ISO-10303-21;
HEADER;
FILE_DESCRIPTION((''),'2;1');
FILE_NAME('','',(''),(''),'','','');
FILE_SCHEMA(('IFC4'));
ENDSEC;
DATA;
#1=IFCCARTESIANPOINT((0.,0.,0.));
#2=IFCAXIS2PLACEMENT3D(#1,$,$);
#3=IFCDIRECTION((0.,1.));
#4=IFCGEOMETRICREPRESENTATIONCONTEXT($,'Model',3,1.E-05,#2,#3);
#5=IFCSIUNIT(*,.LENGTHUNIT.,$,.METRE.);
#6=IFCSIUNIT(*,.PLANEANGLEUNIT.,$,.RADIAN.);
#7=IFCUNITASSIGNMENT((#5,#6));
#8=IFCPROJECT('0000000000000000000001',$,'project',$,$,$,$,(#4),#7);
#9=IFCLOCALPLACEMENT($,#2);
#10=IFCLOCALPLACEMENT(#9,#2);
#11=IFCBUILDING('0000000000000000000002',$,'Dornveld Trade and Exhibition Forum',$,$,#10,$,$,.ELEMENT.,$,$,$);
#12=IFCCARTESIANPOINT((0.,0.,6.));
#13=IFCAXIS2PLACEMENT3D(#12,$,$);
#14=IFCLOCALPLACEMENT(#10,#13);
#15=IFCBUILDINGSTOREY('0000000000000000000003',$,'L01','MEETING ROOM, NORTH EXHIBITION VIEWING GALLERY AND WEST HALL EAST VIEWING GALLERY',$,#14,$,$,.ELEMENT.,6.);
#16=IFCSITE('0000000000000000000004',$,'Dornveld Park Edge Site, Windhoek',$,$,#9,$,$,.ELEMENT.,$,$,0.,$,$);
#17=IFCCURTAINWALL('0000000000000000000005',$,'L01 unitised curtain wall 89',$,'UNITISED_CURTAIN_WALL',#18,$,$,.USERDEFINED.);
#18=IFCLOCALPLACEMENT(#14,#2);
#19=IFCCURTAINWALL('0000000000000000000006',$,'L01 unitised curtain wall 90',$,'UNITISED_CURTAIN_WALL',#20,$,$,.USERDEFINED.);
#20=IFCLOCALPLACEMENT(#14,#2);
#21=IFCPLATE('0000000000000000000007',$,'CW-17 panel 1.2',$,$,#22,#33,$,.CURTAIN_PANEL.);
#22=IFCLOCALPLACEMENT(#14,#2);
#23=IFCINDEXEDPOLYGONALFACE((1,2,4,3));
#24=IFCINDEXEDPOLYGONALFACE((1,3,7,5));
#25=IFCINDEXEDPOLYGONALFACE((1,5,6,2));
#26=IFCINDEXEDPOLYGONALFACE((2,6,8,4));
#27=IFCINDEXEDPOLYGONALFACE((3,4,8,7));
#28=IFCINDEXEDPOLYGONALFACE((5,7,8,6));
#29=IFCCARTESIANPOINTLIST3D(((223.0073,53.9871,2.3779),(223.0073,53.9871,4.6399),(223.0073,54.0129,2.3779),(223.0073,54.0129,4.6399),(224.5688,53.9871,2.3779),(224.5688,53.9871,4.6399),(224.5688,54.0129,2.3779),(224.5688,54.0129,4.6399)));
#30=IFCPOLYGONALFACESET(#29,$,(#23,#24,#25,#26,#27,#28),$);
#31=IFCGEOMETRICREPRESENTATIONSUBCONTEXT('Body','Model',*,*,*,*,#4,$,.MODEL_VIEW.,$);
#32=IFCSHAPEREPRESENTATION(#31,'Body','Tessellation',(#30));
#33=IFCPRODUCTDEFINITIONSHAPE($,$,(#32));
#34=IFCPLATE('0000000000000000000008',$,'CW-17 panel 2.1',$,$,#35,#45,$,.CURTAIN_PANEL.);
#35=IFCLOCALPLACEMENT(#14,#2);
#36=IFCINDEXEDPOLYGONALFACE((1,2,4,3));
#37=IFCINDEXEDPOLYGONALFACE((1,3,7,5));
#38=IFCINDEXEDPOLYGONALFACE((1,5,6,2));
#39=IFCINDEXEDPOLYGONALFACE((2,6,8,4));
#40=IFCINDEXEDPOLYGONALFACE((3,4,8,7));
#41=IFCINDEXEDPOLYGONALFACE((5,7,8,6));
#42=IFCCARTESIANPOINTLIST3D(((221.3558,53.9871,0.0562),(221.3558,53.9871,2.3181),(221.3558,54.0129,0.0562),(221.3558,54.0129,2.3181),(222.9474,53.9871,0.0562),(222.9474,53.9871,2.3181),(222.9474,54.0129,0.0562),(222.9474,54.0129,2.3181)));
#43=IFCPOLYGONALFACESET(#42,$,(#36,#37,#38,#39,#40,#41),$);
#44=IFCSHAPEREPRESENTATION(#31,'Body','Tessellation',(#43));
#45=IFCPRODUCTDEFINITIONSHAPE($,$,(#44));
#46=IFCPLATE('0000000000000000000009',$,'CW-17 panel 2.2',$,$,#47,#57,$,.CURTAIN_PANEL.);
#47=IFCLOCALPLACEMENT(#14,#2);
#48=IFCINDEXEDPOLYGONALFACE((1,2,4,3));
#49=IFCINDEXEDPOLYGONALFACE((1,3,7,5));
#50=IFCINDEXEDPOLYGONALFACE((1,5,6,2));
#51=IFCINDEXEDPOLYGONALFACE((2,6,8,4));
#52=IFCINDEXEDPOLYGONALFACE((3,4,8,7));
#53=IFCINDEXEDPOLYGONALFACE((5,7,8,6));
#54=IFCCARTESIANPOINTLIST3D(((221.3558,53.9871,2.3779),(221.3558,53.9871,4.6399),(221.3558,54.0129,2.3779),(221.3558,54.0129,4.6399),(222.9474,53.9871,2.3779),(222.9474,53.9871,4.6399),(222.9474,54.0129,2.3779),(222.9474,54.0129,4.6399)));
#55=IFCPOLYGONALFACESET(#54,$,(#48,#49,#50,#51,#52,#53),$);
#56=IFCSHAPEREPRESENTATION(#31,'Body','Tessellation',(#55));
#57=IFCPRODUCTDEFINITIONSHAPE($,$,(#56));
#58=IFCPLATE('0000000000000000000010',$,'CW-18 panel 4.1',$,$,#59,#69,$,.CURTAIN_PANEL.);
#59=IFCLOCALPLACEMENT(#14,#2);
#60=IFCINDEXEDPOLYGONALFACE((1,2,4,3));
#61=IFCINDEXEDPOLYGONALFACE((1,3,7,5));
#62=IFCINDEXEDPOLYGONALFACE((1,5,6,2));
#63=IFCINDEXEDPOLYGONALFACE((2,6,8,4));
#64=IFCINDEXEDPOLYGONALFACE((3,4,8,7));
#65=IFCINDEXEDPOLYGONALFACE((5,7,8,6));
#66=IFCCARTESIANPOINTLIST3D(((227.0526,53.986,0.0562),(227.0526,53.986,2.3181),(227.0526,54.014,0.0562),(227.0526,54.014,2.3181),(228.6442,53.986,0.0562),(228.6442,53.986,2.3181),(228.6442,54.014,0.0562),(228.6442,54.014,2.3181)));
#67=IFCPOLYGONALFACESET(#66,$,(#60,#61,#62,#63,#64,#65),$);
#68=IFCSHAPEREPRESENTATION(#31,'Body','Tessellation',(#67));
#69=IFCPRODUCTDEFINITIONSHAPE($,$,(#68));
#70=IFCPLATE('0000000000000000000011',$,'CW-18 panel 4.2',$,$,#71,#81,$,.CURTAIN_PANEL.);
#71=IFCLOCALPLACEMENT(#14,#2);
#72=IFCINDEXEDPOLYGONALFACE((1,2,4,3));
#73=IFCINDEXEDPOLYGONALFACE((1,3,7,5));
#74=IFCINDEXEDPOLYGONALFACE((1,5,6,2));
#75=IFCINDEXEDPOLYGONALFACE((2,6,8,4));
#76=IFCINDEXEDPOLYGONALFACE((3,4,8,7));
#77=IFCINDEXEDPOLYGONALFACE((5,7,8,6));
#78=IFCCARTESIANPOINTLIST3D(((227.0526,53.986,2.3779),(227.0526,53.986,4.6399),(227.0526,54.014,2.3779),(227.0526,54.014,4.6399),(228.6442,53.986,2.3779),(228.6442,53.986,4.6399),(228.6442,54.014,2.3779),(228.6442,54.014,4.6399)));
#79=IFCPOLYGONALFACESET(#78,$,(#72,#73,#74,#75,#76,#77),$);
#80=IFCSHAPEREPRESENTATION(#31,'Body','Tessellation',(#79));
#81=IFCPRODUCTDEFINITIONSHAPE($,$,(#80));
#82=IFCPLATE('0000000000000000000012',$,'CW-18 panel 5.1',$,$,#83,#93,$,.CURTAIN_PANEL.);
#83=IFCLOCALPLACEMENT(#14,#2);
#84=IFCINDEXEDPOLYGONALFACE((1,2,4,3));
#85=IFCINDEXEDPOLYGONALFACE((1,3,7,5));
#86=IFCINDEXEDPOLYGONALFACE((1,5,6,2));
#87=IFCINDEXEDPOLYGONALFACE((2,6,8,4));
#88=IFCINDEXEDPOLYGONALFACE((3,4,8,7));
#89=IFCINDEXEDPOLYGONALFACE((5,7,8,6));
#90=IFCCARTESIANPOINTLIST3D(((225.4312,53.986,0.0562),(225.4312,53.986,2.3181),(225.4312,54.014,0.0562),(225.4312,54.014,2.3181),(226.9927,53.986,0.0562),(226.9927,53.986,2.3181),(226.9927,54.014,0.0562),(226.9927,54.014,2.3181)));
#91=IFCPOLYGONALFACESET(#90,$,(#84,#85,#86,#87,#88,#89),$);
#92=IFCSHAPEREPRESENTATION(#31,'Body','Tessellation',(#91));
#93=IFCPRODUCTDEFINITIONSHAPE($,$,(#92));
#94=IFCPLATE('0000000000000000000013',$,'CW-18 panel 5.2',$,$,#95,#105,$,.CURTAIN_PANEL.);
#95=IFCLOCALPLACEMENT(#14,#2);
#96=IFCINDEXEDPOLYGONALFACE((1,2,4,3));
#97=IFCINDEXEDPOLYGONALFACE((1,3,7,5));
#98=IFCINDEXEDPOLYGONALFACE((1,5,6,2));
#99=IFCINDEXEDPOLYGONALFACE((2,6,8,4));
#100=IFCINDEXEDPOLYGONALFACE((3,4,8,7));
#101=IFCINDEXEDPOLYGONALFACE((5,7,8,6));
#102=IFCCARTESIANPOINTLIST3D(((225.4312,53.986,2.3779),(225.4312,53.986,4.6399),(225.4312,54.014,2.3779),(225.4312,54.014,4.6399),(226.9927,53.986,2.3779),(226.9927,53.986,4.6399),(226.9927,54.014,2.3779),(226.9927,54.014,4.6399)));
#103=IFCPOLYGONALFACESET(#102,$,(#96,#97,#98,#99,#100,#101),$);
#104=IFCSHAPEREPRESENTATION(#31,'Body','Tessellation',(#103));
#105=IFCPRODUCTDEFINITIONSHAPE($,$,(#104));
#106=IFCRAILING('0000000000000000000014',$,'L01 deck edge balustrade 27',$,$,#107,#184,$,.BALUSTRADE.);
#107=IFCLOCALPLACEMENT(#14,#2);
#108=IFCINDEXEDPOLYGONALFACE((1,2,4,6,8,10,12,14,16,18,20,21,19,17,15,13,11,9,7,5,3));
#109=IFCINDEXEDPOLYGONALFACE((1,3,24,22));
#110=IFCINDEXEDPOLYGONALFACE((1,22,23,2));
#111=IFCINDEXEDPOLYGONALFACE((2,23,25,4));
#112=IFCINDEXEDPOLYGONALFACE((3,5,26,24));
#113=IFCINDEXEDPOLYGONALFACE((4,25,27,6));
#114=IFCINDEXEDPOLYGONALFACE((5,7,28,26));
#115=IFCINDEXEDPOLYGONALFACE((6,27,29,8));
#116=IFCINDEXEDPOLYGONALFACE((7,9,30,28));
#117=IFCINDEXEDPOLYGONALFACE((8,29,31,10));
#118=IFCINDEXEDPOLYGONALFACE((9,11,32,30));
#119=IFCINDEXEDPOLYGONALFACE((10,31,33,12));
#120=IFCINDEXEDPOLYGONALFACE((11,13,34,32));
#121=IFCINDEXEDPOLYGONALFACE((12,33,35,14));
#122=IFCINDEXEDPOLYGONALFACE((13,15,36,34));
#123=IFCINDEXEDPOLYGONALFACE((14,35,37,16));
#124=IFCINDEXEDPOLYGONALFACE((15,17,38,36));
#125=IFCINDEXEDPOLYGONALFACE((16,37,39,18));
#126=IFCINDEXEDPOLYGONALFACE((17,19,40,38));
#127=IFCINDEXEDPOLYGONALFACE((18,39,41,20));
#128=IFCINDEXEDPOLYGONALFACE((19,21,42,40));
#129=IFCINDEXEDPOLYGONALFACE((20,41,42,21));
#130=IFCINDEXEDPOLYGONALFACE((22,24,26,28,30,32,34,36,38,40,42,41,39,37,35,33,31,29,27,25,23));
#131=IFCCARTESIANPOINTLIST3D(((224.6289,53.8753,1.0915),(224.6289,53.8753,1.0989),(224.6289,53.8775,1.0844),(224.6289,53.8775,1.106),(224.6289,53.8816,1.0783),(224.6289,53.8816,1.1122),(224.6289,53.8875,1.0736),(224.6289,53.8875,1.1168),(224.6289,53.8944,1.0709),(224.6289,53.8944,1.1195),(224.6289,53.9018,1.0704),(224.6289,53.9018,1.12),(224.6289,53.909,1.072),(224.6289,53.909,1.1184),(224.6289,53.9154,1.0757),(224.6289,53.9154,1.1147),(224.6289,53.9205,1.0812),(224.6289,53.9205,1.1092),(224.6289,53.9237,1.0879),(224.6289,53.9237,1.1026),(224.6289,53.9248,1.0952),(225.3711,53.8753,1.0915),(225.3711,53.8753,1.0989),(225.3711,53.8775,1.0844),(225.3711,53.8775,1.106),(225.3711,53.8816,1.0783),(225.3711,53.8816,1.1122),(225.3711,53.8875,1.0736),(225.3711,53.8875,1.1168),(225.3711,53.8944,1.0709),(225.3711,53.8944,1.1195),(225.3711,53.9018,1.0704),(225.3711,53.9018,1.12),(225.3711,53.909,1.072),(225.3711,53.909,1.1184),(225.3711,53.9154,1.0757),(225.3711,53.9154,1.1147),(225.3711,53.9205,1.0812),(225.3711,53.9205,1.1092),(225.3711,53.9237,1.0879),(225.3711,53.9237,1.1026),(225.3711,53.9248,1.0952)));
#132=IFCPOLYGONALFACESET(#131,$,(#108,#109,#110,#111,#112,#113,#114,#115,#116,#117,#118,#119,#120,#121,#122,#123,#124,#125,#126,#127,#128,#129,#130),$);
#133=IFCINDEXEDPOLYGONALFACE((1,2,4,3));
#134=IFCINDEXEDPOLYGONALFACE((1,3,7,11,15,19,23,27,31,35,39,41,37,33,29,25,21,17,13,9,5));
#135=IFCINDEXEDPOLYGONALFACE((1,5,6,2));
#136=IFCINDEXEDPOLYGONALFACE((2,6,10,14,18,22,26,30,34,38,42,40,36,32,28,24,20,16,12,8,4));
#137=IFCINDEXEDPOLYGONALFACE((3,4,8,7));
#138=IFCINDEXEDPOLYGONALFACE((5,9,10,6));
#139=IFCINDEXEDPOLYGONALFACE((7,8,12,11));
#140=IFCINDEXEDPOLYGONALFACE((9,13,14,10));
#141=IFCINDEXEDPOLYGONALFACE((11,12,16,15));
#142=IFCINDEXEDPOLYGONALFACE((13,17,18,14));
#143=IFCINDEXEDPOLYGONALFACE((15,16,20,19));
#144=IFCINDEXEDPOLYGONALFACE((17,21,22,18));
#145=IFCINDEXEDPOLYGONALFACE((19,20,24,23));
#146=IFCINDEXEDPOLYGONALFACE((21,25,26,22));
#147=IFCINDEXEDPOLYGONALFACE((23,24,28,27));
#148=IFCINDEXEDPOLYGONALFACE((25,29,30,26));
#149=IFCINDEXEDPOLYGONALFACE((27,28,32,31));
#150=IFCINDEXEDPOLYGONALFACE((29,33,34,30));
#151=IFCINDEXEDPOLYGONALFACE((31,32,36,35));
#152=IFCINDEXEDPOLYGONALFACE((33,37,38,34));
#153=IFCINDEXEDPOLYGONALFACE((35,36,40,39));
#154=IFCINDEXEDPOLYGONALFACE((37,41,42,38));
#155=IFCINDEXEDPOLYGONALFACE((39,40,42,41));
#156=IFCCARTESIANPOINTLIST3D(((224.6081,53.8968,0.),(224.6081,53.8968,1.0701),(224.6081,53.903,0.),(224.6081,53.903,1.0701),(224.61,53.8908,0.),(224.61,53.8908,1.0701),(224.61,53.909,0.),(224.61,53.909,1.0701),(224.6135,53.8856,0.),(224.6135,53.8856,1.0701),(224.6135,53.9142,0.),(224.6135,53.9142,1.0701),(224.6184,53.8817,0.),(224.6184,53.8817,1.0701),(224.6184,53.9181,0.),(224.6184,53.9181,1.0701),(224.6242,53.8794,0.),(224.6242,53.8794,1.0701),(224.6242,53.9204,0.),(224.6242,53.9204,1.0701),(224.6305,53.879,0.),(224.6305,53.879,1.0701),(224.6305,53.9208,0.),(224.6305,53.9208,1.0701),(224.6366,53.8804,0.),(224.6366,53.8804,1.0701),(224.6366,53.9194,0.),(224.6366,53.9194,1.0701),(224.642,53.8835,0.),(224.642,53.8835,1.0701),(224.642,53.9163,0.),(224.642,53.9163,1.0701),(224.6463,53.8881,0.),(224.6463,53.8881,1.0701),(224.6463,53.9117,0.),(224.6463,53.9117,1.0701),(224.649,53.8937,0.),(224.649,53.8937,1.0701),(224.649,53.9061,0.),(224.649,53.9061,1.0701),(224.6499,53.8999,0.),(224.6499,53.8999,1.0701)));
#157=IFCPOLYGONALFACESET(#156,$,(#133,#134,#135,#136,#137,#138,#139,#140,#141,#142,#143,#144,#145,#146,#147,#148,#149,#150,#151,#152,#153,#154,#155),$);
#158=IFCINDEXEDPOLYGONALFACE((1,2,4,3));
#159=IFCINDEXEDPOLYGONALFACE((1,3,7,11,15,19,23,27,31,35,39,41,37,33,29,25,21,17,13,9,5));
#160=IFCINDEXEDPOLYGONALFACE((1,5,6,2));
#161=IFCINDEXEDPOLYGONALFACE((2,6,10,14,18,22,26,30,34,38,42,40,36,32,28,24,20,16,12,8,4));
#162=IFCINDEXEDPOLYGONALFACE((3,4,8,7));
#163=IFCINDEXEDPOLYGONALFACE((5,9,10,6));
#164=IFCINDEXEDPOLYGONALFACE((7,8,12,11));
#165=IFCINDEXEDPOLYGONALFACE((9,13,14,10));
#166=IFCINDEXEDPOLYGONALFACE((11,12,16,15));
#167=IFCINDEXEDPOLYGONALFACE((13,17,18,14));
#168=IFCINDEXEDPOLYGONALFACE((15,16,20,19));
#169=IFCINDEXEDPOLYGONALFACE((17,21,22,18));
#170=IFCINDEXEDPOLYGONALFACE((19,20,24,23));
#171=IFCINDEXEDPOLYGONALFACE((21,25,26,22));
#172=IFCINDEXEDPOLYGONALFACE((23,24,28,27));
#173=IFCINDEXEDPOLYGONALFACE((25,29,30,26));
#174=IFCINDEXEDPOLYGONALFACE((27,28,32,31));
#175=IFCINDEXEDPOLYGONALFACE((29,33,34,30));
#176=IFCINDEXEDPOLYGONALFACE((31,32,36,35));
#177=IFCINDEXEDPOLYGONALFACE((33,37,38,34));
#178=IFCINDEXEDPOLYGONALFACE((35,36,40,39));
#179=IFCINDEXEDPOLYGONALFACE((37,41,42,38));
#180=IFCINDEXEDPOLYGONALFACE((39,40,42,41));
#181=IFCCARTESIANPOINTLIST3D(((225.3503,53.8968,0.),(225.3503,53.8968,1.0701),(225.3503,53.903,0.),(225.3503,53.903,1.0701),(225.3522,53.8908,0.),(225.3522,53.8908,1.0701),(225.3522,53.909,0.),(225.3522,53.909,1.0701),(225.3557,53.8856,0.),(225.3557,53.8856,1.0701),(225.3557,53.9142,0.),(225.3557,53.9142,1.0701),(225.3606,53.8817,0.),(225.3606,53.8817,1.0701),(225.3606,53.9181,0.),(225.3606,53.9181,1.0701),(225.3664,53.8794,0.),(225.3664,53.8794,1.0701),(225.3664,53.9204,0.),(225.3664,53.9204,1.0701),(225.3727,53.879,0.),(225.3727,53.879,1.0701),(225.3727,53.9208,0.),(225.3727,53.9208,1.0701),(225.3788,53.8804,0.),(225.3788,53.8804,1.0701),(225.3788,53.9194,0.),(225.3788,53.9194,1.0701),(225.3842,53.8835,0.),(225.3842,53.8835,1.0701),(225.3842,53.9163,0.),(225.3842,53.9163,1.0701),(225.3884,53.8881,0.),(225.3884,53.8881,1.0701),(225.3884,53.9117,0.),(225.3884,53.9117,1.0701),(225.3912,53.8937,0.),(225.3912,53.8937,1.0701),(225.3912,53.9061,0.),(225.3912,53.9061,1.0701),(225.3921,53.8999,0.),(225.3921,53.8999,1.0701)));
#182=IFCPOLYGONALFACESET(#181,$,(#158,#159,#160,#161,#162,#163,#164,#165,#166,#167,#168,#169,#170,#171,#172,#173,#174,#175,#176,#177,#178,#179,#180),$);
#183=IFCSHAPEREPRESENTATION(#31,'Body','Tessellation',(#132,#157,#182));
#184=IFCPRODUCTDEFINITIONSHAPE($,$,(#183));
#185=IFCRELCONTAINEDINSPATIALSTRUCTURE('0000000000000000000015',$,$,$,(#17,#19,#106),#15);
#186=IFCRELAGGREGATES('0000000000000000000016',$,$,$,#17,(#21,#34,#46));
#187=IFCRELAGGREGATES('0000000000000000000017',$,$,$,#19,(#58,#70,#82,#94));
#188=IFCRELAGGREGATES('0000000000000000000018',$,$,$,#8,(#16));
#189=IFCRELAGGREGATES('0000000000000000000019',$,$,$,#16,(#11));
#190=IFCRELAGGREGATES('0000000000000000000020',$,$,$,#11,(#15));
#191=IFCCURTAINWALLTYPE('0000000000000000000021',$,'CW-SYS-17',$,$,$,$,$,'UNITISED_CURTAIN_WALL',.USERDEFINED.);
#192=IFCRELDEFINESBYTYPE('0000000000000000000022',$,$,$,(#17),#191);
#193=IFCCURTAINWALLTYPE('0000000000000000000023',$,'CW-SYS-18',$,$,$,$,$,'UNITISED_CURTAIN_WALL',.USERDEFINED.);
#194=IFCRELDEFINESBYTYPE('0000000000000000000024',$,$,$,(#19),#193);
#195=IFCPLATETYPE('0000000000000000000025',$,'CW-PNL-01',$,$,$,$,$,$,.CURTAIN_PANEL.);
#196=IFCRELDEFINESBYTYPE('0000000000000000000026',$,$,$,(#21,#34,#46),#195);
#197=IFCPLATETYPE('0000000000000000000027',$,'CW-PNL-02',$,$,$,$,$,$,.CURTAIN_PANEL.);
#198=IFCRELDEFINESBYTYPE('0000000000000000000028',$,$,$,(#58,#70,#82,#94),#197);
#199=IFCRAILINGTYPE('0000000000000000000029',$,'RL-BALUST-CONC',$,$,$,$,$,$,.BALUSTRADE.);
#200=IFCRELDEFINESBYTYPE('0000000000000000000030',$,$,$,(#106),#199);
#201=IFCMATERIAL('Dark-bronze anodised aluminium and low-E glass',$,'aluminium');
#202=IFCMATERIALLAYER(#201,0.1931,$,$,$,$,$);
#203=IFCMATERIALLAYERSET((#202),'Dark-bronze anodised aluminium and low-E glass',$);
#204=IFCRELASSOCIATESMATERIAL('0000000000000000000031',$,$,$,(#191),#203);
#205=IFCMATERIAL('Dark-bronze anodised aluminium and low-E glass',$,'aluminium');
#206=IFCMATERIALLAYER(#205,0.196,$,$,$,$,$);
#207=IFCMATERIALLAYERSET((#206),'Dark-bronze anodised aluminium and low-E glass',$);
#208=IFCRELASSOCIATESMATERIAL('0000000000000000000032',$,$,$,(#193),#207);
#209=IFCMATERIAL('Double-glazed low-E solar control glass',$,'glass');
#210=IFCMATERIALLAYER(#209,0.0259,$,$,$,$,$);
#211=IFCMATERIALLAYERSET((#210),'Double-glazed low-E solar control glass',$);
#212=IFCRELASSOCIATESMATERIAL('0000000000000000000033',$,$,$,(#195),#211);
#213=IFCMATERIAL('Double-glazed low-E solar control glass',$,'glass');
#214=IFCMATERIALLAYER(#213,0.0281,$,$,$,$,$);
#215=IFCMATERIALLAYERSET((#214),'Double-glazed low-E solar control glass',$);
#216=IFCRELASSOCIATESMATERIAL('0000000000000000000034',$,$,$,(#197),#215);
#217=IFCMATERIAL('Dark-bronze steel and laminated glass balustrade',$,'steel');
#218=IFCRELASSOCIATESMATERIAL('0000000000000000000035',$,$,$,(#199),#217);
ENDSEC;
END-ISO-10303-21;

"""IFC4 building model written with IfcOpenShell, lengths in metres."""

from ifc_helpers import new_model, si_unit, direction, frame, origin, origin_2d, place, context, subcontext, project, spatial, rectangle, circle, extrude, material, layer, layer_set, type_object, element, aggregate, save


model = new_model("IFC4")

# Units and contexts
model_context = context("Model", 3, precision=1e-05, world=origin(), true_north=direction((0.0, 1.0)))
body_context = subcontext(model_context, "Body", "Model", "MODEL_VIEW")
ifc_project = project(units=[si_unit("LENGTHUNIT", "METRE"), si_unit("PLANEANGLEUNIT", "RADIAN")], contexts=[model_context])

# Site, building, storey
site_placement = place(None, origin())
site = spatial("IfcSite", under=ifc_project, at=site_placement, Name="Dornveld Park Edge Site, Windhoek", CompositionType="ELEMENT", RefElevation=0.0)
building_placement = place(site_placement, origin())
building = spatial("IfcBuilding", under=site, at=building_placement, Name="Dornveld Trade and Exhibition Forum", CompositionType="ELEMENT")
storey_placement = place(building_placement, frame((0.0, 0.0, 6.0)))
storey = spatial("IfcBuildingStorey", under=building, at=storey_placement, Name="L01", Description="MEETING ROOM, NORTH EXHIBITION VIEWING GALLERY AND WEST HALL EAST VIEWING GALLERY", CompositionType="ELEMENT", Elevation=6.0)

# Curtain walls
ifc_material_1 = material(Name="Dark-bronze anodised aluminium and low-E glass", Category="aluminium")
ifc_layer_1 = layer(ifc_material_1, 0.1931)
ifc_layer_set_1 = layer_set([ifc_layer_1], Name="Dark-bronze anodised aluminium and low-E glass")
curtain_wall_type_1 = type_object("IfcCurtainWallType", Name="CW-SYS-17", ElementType="UNITISED_CURTAIN_WALL", PredefinedType="USERDEFINED", material=ifc_layer_set_1)
curtain_wall_1_placement = place(storey_placement, origin())
curtain_wall_1 = element("IfcCurtainWall", 1, at=curtain_wall_1_placement, inside=storey, type_object=curtain_wall_type_1, Name="L01 unitised curtain wall 89", ObjectType="UNITISED_CURTAIN_WALL", PredefinedType="USERDEFINED")
ifc_material_2 = material(Name="Dark-bronze anodised aluminium and low-E glass", Category="aluminium")
ifc_layer_2 = layer(ifc_material_2, 0.196)
ifc_layer_set_2 = layer_set([ifc_layer_2], Name="Dark-bronze anodised aluminium and low-E glass")
curtain_wall_type_2 = type_object("IfcCurtainWallType", Name="CW-SYS-18", ElementType="UNITISED_CURTAIN_WALL", PredefinedType="USERDEFINED", material=ifc_layer_set_2)
curtain_wall_2_placement = place(storey_placement, origin())
curtain_wall_2 = element("IfcCurtainWall", 2, at=curtain_wall_2_placement, inside=storey, type_object=curtain_wall_type_2, Name="L01 unitised curtain wall 90", ObjectType="UNITISED_CURTAIN_WALL", PredefinedType="USERDEFINED")

# Plates
ifc_material_3 = material(Name="Double-glazed low-E solar control glass", Category="glass")
ifc_layer_3 = layer(ifc_material_3, 0.0259)
ifc_layer_set_3 = layer_set([ifc_layer_3], Name="Double-glazed low-E solar control glass")
plate_type_1 = type_object("IfcPlateType", Name="CW-PNL-01", PredefinedType="CURTAIN_PANEL", material=ifc_layer_set_3)
plate_1_placement = place(storey_placement, frame((223.7881, 54.0, 2.3779), z_axis=(0.0, 0.0, 1.0), x_axis=(-1.0, 0.0, 0.0)))
plate_1 = element("IfcPlate", 3, at=plate_1_placement, type_object=plate_type_1, Name="CW-17 panel 1.2", PredefinedType="CURTAIN_PANEL", context=body_context, shape_type="SweptSolid", body=[
    extrude(rectangle(XDim=1.5615, YDim=0.0259, at=origin_2d()), origin(), (0.0, 0.0, 1.0), 2.262),
])
plate_2_placement = place(storey_placement, frame((222.1516, 54.0, 0.0562), z_axis=(0.0, 0.0, 1.0), x_axis=(-1.0, 0.0, 0.0)))
plate_2 = element("IfcPlate", 4, at=plate_2_placement, type_object=plate_type_1, Name="CW-17 panel 2.1", PredefinedType="CURTAIN_PANEL", context=body_context, shape_type="SweptSolid", body=[
    extrude(rectangle(XDim=1.5916, YDim=0.0259, at=origin_2d()), origin(), (0.0, 0.0, 1.0), 2.262),
])
plate_3_placement = place(storey_placement, frame((222.1516, 54.0, 2.3779), z_axis=(0.0, 0.0, 1.0), x_axis=(-1.0, 0.0, 0.0)))
plate_3 = element("IfcPlate", 5, at=plate_3_placement, type_object=plate_type_1, Name="CW-17 panel 2.2", PredefinedType="CURTAIN_PANEL", context=body_context, shape_type="SweptSolid", body=[
    extrude(rectangle(XDim=1.5916, YDim=0.0259, at=origin_2d()), origin(), (0.0, 0.0, 1.0), 2.262),
])
aggregate(curtain_wall_1, [plate_1, plate_2, plate_3])
ifc_material_4 = material(Name="Double-glazed low-E solar control glass", Category="glass")
ifc_layer_4 = layer(ifc_material_4, 0.0281)
ifc_layer_set_4 = layer_set([ifc_layer_4], Name="Double-glazed low-E solar control glass")
plate_type_2 = type_object("IfcPlateType", Name="CW-PNL-02", PredefinedType="CURTAIN_PANEL", material=ifc_layer_set_4)
plate_4_placement = place(storey_placement, frame((227.8484, 54.0, 0.0562), z_axis=(0.0, 0.0, 1.0), x_axis=(-1.0, 0.0, 0.0)))
plate_4 = element("IfcPlate", 6, at=plate_4_placement, type_object=plate_type_2, Name="CW-18 panel 4.1", PredefinedType="CURTAIN_PANEL", context=body_context, shape_type="SweptSolid", body=[
    extrude(rectangle(XDim=1.5916, YDim=0.0281, at=origin_2d()), origin(), (0.0, 0.0, 1.0), 2.262),
])
plate_5_placement = place(storey_placement, frame((227.8484, 54.0, 2.3779), z_axis=(0.0, 0.0, 1.0), x_axis=(-1.0, 0.0, 0.0)))
plate_5 = element("IfcPlate", 7, at=plate_5_placement, type_object=plate_type_2, Name="CW-18 panel 4.2", PredefinedType="CURTAIN_PANEL", context=body_context, shape_type="SweptSolid", body=[
    extrude(rectangle(XDim=1.5916, YDim=0.0281, at=origin_2d()), origin(), (0.0, 0.0, 1.0), 2.262),
])
plate_6_placement = place(storey_placement, frame((226.2119, 54.0, 0.0562), z_axis=(0.0, 0.0, 1.0), x_axis=(-1.0, 0.0, 0.0)))
plate_6 = element("IfcPlate", 8, at=plate_6_placement, type_object=plate_type_2, Name="CW-18 panel 5.1", PredefinedType="CURTAIN_PANEL", context=body_context, shape_type="SweptSolid", body=[
    extrude(rectangle(XDim=1.5615, YDim=0.0281, at=origin_2d()), origin(), (0.0, 0.0, 1.0), 2.262),
])
plate_7_placement = place(storey_placement, frame((226.2119, 54.0, 2.3779), z_axis=(0.0, 0.0, 1.0), x_axis=(-1.0, 0.0, 0.0)))
plate_7 = element("IfcPlate", 9, at=plate_7_placement, type_object=plate_type_2, Name="CW-18 panel 5.2", PredefinedType="CURTAIN_PANEL", context=body_context, shape_type="SweptSolid", body=[
    extrude(rectangle(XDim=1.5615, YDim=0.0281, at=origin_2d()), origin(), (0.0, 0.0, 1.0), 2.262),
])
aggregate(curtain_wall_2, [plate_4, plate_5, plate_6, plate_7])

# Railing
ifc_material_5 = material(Name="Dark-bronze steel and laminated glass balustrade", Category="steel")
railing_type = type_object("IfcRailingType", Name="RL-BALUST-CONC", PredefinedType="BALUSTRADE", material=ifc_material_5)
railing_placement = place(storey_placement, frame((224.6289, 53.8999, 0.0)))
element("IfcRailing", 10, at=railing_placement, inside=storey, type_object=railing_type, Name="L01 deck edge balustrade 27", PredefinedType="BALUSTRADE", context=body_context, shape_type="SweptSolid", body=[
    extrude(circle(Radius=0.0249, at=origin_2d()), frame((0.0, 0.0, 1.0952), z_axis=(1.0, 0.0, 0.0), x_axis=(0.0, 1.0, 0.0)), (0.0, 0.0, 1.0), 0.7422),
    extrude(circle(Radius=0.021, at=origin_2d()), origin(), (0.0, 0.0, 1.0), 1.0701),
    extrude(circle(Radius=0.021, at=origin_2d()), frame((0.7422, 0.0, 0.0)), (0.0, 0.0, 1.0), 1.0701),
])

save(model, "model.ifc")
